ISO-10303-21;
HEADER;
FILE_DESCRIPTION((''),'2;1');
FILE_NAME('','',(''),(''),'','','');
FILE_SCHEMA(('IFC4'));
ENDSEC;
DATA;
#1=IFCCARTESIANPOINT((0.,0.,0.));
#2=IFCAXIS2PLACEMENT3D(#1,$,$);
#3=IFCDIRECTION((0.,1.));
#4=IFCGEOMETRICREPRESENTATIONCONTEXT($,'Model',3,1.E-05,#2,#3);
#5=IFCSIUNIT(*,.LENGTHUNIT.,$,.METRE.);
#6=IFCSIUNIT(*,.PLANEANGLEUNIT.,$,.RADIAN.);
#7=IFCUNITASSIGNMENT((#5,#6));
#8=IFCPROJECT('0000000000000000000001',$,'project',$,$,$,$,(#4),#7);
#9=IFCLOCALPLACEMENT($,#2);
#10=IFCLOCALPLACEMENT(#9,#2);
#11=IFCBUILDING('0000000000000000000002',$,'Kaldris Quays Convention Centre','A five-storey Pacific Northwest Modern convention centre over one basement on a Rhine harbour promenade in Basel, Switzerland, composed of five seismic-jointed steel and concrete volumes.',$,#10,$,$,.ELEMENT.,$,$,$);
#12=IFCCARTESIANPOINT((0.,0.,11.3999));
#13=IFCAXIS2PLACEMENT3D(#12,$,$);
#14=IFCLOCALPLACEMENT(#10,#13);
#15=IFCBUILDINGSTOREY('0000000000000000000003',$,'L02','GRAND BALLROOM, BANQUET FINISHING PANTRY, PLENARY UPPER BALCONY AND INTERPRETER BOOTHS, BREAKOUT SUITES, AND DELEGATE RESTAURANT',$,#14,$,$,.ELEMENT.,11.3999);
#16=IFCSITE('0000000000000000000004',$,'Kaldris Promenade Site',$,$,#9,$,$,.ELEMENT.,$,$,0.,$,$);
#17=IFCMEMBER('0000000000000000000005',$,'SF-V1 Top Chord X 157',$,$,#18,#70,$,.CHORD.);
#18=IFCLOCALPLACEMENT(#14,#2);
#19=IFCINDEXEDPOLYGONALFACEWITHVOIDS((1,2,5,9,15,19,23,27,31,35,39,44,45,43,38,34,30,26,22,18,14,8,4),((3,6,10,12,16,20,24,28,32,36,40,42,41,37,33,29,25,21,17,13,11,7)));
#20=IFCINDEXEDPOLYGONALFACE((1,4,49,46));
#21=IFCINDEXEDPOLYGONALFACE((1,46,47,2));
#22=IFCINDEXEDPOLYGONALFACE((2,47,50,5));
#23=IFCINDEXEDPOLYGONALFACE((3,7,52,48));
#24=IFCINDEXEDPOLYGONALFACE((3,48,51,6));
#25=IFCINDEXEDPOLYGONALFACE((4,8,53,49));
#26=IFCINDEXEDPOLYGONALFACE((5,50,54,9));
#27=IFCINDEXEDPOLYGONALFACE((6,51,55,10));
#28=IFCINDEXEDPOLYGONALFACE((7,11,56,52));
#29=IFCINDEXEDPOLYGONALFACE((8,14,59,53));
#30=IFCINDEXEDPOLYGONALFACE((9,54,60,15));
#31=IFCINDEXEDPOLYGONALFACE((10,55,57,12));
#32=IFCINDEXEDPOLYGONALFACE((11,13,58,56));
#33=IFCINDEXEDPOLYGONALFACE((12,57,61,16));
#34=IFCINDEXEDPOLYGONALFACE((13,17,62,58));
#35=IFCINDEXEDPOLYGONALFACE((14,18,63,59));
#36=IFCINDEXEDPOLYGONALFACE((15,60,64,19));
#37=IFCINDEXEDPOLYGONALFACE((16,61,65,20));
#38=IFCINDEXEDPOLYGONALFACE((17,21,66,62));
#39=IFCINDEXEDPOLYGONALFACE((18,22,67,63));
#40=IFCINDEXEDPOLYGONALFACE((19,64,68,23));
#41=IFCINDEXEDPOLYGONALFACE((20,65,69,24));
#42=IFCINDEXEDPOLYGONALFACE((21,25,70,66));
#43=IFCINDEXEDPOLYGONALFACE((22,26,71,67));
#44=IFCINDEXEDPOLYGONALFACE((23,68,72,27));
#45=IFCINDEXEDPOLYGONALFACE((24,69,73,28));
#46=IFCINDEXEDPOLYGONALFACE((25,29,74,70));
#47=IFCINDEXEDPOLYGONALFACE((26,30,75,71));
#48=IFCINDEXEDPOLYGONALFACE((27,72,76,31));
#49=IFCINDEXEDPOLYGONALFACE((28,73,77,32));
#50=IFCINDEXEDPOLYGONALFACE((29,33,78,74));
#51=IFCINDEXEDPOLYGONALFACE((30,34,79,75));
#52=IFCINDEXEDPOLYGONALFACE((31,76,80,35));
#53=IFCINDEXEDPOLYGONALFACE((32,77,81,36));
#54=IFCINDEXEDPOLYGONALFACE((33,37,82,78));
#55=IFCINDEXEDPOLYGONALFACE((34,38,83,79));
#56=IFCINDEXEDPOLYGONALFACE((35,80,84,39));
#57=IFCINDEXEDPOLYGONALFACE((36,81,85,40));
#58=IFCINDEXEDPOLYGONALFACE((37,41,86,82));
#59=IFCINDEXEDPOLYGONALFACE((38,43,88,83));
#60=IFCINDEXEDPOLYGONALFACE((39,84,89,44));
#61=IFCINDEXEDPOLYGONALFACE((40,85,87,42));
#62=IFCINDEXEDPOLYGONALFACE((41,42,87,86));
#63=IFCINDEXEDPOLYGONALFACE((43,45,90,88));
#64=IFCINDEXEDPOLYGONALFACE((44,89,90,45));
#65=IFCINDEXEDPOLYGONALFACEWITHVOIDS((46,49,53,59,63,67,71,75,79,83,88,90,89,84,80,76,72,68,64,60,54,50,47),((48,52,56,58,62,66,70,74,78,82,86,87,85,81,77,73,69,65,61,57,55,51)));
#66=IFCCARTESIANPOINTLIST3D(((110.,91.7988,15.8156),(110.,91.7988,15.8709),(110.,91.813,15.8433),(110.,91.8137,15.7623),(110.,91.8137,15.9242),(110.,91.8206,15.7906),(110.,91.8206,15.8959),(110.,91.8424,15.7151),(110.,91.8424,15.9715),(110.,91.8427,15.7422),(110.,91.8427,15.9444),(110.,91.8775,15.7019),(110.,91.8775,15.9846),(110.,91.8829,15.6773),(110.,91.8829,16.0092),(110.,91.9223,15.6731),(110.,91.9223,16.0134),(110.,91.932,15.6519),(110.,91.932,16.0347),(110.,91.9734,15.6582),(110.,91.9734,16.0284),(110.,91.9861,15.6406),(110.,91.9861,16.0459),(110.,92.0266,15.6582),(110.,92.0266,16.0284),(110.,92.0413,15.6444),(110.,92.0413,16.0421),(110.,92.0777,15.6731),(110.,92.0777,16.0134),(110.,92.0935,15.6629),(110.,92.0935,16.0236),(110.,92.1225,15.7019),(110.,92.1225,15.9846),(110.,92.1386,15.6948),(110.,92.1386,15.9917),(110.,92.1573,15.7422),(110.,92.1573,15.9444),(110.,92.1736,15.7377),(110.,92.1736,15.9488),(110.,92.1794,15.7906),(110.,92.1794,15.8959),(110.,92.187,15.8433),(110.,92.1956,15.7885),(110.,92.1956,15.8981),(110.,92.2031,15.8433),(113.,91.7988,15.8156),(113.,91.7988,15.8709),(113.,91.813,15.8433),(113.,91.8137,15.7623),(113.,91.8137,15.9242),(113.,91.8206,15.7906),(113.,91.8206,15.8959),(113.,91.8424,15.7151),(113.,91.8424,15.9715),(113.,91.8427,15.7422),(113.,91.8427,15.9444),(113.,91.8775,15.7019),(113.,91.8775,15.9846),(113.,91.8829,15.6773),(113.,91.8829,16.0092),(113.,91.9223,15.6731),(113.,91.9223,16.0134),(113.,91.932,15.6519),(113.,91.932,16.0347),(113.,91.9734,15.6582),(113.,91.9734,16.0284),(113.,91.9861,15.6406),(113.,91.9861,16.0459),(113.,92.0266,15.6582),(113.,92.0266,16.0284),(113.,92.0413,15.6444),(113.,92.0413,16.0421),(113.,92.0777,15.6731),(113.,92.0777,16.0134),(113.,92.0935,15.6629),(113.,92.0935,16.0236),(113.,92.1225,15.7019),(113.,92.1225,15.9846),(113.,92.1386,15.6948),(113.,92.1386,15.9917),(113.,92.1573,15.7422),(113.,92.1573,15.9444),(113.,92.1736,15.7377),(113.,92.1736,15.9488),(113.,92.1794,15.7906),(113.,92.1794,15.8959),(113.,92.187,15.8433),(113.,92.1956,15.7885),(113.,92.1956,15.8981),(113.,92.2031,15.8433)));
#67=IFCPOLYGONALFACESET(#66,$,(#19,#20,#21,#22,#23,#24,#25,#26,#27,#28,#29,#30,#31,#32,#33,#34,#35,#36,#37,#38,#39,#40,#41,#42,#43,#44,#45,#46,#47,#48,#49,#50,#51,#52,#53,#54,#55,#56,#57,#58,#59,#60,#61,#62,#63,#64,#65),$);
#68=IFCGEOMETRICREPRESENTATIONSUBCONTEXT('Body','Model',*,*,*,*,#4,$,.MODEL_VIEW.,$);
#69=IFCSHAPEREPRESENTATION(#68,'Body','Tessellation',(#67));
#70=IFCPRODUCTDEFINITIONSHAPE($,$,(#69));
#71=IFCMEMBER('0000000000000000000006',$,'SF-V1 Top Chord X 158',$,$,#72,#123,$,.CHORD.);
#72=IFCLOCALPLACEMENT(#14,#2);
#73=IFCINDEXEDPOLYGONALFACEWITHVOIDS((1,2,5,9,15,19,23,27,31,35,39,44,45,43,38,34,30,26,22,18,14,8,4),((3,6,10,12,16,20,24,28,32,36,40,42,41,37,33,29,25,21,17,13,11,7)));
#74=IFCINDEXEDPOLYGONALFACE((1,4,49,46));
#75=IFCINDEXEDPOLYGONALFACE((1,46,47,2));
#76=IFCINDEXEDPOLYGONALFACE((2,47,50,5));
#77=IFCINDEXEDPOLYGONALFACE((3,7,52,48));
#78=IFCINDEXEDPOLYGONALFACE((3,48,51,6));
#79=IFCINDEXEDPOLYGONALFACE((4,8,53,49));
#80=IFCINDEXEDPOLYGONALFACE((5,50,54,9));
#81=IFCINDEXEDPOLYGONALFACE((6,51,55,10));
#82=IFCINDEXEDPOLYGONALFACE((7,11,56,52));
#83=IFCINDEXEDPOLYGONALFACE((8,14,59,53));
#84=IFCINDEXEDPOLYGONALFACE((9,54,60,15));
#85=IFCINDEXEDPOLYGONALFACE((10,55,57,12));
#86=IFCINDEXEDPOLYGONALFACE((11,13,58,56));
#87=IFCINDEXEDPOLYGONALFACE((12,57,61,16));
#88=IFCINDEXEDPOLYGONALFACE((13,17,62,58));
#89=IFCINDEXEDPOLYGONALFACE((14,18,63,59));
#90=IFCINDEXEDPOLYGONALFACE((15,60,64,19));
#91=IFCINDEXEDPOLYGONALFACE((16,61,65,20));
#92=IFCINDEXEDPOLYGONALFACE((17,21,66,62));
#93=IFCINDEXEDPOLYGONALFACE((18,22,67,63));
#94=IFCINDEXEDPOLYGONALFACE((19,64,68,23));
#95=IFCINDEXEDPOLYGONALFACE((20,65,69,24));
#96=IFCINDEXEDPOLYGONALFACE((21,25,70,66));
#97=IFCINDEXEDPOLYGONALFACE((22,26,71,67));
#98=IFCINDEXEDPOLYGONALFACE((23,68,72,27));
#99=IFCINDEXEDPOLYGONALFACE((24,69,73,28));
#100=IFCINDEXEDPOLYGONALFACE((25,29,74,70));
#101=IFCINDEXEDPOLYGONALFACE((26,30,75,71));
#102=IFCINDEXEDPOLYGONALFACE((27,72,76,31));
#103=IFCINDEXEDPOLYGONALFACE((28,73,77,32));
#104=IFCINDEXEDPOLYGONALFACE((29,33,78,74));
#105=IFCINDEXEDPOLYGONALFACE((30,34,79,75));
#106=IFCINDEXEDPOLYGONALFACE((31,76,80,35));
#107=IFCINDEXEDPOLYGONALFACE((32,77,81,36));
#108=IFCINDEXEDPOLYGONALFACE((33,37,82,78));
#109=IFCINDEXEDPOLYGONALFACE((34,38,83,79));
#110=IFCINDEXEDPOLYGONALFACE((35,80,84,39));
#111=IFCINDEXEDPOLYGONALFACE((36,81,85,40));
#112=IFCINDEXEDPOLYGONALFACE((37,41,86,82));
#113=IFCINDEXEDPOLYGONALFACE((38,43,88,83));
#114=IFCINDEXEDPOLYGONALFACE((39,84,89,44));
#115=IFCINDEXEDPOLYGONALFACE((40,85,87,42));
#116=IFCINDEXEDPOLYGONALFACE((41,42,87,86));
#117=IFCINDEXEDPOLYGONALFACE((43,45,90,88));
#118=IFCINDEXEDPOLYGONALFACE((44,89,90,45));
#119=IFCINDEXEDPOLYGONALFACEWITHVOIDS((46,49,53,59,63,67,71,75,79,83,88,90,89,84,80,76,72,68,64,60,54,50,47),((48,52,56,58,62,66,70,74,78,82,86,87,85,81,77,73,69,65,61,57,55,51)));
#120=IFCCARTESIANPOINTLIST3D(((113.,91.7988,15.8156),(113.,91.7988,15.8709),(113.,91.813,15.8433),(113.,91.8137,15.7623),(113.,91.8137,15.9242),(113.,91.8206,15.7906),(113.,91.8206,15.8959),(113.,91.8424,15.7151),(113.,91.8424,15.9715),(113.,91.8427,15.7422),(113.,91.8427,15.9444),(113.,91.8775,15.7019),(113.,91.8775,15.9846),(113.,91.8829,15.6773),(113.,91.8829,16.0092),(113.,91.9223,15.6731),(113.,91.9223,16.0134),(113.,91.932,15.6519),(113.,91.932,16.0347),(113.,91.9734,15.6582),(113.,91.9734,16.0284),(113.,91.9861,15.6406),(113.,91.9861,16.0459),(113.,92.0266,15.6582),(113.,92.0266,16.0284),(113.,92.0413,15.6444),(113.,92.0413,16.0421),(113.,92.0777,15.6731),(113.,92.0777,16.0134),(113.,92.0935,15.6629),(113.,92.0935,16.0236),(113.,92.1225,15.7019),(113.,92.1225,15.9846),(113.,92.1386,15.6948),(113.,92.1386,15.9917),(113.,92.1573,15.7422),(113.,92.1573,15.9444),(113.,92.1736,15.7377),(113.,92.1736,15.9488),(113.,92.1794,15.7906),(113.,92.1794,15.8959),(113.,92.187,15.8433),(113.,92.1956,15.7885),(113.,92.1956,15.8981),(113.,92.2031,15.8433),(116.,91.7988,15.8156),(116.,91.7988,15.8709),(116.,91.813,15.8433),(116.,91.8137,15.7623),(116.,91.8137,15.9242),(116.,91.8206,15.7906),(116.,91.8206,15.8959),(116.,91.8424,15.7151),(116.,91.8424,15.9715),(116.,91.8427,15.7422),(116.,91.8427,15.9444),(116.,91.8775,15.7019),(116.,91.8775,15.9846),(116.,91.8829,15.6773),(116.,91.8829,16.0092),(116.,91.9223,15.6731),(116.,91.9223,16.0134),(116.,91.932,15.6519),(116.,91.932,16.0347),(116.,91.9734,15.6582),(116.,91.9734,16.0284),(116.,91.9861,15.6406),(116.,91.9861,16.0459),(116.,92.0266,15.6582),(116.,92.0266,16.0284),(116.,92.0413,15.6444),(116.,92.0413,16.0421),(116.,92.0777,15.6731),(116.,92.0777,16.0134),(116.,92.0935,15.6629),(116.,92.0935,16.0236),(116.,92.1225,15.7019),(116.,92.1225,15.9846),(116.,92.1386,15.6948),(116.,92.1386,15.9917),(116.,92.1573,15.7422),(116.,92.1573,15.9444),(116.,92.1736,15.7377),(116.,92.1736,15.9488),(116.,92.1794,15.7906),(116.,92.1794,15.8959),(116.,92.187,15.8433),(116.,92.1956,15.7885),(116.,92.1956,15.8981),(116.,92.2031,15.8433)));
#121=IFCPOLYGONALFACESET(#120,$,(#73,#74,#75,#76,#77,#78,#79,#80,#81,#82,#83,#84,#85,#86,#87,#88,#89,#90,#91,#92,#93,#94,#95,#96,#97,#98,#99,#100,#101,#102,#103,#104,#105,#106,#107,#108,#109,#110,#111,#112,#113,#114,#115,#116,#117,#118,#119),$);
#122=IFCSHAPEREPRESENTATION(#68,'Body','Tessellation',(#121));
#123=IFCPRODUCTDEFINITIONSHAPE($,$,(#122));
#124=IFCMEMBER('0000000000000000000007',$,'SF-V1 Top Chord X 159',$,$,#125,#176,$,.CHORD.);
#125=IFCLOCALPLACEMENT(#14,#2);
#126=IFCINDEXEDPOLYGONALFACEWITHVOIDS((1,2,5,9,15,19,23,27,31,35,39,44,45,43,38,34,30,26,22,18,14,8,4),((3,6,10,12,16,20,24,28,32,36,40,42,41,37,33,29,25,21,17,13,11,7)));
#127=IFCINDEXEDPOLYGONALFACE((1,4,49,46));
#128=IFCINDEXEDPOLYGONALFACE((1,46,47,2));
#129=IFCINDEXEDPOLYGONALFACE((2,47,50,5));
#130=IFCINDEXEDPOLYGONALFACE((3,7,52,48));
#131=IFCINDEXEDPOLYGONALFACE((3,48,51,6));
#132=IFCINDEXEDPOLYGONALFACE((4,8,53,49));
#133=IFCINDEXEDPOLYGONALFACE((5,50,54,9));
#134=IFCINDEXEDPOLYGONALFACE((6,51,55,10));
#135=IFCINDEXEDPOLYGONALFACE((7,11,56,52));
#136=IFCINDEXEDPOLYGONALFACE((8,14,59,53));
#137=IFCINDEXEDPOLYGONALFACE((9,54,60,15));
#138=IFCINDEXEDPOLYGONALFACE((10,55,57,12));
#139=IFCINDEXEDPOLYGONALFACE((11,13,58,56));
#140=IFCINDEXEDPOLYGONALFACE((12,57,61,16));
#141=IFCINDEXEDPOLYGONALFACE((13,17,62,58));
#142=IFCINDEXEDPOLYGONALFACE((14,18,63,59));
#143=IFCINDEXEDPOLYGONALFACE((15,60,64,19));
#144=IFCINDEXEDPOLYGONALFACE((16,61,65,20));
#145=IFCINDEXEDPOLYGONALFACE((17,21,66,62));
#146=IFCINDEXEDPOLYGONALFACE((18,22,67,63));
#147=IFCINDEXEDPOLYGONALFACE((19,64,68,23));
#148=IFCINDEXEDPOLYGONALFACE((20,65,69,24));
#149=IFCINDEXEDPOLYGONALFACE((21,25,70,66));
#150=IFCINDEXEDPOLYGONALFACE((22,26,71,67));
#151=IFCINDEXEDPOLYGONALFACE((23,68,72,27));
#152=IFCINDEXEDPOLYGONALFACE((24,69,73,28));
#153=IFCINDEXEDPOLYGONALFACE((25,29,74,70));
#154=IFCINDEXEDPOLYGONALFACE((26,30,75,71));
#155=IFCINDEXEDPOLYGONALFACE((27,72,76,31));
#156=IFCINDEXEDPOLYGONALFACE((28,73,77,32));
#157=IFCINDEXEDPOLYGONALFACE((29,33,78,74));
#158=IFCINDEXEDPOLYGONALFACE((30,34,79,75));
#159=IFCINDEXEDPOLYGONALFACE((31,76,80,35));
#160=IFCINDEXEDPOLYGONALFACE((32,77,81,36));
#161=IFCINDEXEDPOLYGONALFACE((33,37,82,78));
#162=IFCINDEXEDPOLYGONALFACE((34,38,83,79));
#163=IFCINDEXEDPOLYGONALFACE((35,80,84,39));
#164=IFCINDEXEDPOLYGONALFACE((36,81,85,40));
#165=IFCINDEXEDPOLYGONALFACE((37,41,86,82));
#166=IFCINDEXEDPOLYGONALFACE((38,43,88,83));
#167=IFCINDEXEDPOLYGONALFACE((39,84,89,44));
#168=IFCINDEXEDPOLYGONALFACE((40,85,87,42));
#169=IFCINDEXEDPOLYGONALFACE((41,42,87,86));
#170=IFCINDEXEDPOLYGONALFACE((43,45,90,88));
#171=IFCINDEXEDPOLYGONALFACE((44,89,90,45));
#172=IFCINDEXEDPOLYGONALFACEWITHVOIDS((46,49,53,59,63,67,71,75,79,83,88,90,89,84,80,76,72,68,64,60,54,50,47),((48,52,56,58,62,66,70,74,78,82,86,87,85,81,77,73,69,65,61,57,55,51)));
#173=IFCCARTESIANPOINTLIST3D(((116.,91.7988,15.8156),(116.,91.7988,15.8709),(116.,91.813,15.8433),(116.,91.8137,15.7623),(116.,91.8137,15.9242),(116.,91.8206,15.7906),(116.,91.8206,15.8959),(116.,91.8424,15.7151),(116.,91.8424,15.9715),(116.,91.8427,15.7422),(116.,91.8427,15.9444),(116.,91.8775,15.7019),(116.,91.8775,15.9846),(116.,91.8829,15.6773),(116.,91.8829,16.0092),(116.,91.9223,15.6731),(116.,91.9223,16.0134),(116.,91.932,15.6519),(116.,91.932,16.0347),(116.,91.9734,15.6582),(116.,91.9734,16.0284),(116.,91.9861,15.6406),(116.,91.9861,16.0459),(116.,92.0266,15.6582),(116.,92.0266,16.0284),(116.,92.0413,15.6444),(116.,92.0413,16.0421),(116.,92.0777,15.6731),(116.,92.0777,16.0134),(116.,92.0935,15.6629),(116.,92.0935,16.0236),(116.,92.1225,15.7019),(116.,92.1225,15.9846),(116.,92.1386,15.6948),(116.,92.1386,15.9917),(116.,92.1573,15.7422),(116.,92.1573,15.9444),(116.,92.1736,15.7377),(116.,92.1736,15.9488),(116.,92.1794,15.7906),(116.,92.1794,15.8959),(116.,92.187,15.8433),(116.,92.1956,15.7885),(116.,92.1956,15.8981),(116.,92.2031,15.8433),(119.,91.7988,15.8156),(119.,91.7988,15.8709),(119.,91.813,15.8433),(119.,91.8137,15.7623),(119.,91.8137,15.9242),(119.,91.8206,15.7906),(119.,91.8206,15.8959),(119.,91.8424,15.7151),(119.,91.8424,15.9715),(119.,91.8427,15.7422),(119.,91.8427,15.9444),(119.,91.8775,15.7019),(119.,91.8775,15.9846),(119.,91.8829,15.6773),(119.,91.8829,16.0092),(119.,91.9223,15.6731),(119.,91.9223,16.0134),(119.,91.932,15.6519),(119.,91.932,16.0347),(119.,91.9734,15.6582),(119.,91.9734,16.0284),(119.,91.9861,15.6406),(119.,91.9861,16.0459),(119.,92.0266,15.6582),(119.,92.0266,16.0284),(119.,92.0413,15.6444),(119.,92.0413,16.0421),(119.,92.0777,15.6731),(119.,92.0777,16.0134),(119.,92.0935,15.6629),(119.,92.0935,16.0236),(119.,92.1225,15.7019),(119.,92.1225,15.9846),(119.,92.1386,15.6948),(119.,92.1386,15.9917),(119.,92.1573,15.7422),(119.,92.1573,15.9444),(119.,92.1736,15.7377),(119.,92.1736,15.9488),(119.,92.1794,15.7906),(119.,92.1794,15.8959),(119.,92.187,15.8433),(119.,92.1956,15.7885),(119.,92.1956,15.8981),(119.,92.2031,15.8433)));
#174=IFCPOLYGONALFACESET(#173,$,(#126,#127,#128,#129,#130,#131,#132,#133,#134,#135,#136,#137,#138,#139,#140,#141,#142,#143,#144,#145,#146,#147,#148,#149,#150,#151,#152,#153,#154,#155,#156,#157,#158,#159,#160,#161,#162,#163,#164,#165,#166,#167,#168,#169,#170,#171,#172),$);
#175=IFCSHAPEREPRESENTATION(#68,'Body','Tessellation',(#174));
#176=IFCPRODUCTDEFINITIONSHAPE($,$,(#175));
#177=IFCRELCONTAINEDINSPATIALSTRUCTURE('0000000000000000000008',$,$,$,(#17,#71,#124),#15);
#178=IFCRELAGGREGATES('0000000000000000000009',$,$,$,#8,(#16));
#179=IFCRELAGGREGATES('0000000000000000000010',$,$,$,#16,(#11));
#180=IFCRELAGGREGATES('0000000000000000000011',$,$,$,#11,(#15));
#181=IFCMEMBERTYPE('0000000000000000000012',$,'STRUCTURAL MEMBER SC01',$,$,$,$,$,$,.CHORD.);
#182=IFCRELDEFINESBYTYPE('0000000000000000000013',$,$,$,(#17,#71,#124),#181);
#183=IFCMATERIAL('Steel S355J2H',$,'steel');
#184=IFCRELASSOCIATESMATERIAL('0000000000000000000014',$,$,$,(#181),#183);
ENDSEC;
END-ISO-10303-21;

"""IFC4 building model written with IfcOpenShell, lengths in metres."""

from ifc_helpers import new_model, si_unit, direction, frame, origin, origin_2d, place, context, subcontext, project, spatial, hollow_circle, extrude, material, material_profile, profile_set, type_object, element, save


model = new_model("IFC4")

# Units and contexts
model_context = context("Model", 3, precision=1e-05, world=origin(), true_north=direction((0.0, 1.0)))
body_context = subcontext(model_context, "Body", "Model", "MODEL_VIEW")
ifc_project = project(units=[si_unit("LENGTHUNIT", "METRE"), si_unit("PLANEANGLEUNIT", "RADIAN")], contexts=[model_context])

# Site, building, storey
site_placement = place(None, origin())
site = spatial("IfcSite", under=ifc_project, at=site_placement, Name="Kaldris Promenade Site", CompositionType="ELEMENT", RefElevation=0.0)
building_placement = place(site_placement, origin())
building = spatial("IfcBuilding", under=site, at=building_placement, Name="Kaldris Quays Convention Centre", Description="A five-storey Pacific Northwest Modern convention centre over one basement on a Rhine harbour promenade in Basel, Switzerland, composed of five seismic-jointed steel and concrete volumes.", CompositionType="ELEMENT")
storey_placement = place(building_placement, frame((0.0, 0.0, 11.3999)))
storey = spatial("IfcBuildingStorey", under=building, at=storey_placement, Name="L02", Description="GRAND BALLROOM, BANQUET FINISHING PANTRY, PLENARY UPPER BALCONY AND INTERPRETER BOOTHS, BREAKOUT SUITES, AND DELEGATE RESTAURANT", CompositionType="ELEMENT", Elevation=11.3999)

# Members
ifc_material_1 = material(Name="Steel S355J2H", Category="steel")
ifc_material_profile_1 = material_profile(ifc_material_1, hollow_circle(Radius=0.2031, WallThickness=0.0161, at=origin_2d()), Name="CHS 406.4x16")
ifc_profile_set_1 = profile_set([ifc_material_profile_1], Name="Steel S355J2H")
member_type_1 = type_object("IfcMemberType", Name="STRUCTURAL MEMBER SC01", PredefinedType="CHORD", material=ifc_profile_set_1)
for number, where, z_axis, x_axis, name in (
    (1, (110.0, 92.0, 15.8433), (1.0, 0.0, 0.0), (0.0, 1.0, 0.0), "SF-V1 Top Chord X 157"),
    (2, (113.0, 92.0, 15.8433), (1.0, 0.0, 0.0), (0.0, 1.0, 0.0), "SF-V1 Top Chord X 158"),
    (3, (116.0, 92.0, 15.8433), (1.0, 0.0, 0.0), (0.0, 1.0, 0.0), "SF-V1 Top Chord X 159"),
):
    element("IfcMember", number, at=place(storey_placement, frame(where, z_axis=z_axis, x_axis=x_axis)), inside=storey, type_object=member_type_1, Name=name, PredefinedType="CHORD", context=body_context, shape_type="SweptSolid", body=[
        extrude(hollow_circle(Radius=0.2031, WallThickness=0.0161, at=origin_2d()), origin(), (0.0, 0.0, 1.0), 3.0),
    ])

save(model, "model.ifc")
